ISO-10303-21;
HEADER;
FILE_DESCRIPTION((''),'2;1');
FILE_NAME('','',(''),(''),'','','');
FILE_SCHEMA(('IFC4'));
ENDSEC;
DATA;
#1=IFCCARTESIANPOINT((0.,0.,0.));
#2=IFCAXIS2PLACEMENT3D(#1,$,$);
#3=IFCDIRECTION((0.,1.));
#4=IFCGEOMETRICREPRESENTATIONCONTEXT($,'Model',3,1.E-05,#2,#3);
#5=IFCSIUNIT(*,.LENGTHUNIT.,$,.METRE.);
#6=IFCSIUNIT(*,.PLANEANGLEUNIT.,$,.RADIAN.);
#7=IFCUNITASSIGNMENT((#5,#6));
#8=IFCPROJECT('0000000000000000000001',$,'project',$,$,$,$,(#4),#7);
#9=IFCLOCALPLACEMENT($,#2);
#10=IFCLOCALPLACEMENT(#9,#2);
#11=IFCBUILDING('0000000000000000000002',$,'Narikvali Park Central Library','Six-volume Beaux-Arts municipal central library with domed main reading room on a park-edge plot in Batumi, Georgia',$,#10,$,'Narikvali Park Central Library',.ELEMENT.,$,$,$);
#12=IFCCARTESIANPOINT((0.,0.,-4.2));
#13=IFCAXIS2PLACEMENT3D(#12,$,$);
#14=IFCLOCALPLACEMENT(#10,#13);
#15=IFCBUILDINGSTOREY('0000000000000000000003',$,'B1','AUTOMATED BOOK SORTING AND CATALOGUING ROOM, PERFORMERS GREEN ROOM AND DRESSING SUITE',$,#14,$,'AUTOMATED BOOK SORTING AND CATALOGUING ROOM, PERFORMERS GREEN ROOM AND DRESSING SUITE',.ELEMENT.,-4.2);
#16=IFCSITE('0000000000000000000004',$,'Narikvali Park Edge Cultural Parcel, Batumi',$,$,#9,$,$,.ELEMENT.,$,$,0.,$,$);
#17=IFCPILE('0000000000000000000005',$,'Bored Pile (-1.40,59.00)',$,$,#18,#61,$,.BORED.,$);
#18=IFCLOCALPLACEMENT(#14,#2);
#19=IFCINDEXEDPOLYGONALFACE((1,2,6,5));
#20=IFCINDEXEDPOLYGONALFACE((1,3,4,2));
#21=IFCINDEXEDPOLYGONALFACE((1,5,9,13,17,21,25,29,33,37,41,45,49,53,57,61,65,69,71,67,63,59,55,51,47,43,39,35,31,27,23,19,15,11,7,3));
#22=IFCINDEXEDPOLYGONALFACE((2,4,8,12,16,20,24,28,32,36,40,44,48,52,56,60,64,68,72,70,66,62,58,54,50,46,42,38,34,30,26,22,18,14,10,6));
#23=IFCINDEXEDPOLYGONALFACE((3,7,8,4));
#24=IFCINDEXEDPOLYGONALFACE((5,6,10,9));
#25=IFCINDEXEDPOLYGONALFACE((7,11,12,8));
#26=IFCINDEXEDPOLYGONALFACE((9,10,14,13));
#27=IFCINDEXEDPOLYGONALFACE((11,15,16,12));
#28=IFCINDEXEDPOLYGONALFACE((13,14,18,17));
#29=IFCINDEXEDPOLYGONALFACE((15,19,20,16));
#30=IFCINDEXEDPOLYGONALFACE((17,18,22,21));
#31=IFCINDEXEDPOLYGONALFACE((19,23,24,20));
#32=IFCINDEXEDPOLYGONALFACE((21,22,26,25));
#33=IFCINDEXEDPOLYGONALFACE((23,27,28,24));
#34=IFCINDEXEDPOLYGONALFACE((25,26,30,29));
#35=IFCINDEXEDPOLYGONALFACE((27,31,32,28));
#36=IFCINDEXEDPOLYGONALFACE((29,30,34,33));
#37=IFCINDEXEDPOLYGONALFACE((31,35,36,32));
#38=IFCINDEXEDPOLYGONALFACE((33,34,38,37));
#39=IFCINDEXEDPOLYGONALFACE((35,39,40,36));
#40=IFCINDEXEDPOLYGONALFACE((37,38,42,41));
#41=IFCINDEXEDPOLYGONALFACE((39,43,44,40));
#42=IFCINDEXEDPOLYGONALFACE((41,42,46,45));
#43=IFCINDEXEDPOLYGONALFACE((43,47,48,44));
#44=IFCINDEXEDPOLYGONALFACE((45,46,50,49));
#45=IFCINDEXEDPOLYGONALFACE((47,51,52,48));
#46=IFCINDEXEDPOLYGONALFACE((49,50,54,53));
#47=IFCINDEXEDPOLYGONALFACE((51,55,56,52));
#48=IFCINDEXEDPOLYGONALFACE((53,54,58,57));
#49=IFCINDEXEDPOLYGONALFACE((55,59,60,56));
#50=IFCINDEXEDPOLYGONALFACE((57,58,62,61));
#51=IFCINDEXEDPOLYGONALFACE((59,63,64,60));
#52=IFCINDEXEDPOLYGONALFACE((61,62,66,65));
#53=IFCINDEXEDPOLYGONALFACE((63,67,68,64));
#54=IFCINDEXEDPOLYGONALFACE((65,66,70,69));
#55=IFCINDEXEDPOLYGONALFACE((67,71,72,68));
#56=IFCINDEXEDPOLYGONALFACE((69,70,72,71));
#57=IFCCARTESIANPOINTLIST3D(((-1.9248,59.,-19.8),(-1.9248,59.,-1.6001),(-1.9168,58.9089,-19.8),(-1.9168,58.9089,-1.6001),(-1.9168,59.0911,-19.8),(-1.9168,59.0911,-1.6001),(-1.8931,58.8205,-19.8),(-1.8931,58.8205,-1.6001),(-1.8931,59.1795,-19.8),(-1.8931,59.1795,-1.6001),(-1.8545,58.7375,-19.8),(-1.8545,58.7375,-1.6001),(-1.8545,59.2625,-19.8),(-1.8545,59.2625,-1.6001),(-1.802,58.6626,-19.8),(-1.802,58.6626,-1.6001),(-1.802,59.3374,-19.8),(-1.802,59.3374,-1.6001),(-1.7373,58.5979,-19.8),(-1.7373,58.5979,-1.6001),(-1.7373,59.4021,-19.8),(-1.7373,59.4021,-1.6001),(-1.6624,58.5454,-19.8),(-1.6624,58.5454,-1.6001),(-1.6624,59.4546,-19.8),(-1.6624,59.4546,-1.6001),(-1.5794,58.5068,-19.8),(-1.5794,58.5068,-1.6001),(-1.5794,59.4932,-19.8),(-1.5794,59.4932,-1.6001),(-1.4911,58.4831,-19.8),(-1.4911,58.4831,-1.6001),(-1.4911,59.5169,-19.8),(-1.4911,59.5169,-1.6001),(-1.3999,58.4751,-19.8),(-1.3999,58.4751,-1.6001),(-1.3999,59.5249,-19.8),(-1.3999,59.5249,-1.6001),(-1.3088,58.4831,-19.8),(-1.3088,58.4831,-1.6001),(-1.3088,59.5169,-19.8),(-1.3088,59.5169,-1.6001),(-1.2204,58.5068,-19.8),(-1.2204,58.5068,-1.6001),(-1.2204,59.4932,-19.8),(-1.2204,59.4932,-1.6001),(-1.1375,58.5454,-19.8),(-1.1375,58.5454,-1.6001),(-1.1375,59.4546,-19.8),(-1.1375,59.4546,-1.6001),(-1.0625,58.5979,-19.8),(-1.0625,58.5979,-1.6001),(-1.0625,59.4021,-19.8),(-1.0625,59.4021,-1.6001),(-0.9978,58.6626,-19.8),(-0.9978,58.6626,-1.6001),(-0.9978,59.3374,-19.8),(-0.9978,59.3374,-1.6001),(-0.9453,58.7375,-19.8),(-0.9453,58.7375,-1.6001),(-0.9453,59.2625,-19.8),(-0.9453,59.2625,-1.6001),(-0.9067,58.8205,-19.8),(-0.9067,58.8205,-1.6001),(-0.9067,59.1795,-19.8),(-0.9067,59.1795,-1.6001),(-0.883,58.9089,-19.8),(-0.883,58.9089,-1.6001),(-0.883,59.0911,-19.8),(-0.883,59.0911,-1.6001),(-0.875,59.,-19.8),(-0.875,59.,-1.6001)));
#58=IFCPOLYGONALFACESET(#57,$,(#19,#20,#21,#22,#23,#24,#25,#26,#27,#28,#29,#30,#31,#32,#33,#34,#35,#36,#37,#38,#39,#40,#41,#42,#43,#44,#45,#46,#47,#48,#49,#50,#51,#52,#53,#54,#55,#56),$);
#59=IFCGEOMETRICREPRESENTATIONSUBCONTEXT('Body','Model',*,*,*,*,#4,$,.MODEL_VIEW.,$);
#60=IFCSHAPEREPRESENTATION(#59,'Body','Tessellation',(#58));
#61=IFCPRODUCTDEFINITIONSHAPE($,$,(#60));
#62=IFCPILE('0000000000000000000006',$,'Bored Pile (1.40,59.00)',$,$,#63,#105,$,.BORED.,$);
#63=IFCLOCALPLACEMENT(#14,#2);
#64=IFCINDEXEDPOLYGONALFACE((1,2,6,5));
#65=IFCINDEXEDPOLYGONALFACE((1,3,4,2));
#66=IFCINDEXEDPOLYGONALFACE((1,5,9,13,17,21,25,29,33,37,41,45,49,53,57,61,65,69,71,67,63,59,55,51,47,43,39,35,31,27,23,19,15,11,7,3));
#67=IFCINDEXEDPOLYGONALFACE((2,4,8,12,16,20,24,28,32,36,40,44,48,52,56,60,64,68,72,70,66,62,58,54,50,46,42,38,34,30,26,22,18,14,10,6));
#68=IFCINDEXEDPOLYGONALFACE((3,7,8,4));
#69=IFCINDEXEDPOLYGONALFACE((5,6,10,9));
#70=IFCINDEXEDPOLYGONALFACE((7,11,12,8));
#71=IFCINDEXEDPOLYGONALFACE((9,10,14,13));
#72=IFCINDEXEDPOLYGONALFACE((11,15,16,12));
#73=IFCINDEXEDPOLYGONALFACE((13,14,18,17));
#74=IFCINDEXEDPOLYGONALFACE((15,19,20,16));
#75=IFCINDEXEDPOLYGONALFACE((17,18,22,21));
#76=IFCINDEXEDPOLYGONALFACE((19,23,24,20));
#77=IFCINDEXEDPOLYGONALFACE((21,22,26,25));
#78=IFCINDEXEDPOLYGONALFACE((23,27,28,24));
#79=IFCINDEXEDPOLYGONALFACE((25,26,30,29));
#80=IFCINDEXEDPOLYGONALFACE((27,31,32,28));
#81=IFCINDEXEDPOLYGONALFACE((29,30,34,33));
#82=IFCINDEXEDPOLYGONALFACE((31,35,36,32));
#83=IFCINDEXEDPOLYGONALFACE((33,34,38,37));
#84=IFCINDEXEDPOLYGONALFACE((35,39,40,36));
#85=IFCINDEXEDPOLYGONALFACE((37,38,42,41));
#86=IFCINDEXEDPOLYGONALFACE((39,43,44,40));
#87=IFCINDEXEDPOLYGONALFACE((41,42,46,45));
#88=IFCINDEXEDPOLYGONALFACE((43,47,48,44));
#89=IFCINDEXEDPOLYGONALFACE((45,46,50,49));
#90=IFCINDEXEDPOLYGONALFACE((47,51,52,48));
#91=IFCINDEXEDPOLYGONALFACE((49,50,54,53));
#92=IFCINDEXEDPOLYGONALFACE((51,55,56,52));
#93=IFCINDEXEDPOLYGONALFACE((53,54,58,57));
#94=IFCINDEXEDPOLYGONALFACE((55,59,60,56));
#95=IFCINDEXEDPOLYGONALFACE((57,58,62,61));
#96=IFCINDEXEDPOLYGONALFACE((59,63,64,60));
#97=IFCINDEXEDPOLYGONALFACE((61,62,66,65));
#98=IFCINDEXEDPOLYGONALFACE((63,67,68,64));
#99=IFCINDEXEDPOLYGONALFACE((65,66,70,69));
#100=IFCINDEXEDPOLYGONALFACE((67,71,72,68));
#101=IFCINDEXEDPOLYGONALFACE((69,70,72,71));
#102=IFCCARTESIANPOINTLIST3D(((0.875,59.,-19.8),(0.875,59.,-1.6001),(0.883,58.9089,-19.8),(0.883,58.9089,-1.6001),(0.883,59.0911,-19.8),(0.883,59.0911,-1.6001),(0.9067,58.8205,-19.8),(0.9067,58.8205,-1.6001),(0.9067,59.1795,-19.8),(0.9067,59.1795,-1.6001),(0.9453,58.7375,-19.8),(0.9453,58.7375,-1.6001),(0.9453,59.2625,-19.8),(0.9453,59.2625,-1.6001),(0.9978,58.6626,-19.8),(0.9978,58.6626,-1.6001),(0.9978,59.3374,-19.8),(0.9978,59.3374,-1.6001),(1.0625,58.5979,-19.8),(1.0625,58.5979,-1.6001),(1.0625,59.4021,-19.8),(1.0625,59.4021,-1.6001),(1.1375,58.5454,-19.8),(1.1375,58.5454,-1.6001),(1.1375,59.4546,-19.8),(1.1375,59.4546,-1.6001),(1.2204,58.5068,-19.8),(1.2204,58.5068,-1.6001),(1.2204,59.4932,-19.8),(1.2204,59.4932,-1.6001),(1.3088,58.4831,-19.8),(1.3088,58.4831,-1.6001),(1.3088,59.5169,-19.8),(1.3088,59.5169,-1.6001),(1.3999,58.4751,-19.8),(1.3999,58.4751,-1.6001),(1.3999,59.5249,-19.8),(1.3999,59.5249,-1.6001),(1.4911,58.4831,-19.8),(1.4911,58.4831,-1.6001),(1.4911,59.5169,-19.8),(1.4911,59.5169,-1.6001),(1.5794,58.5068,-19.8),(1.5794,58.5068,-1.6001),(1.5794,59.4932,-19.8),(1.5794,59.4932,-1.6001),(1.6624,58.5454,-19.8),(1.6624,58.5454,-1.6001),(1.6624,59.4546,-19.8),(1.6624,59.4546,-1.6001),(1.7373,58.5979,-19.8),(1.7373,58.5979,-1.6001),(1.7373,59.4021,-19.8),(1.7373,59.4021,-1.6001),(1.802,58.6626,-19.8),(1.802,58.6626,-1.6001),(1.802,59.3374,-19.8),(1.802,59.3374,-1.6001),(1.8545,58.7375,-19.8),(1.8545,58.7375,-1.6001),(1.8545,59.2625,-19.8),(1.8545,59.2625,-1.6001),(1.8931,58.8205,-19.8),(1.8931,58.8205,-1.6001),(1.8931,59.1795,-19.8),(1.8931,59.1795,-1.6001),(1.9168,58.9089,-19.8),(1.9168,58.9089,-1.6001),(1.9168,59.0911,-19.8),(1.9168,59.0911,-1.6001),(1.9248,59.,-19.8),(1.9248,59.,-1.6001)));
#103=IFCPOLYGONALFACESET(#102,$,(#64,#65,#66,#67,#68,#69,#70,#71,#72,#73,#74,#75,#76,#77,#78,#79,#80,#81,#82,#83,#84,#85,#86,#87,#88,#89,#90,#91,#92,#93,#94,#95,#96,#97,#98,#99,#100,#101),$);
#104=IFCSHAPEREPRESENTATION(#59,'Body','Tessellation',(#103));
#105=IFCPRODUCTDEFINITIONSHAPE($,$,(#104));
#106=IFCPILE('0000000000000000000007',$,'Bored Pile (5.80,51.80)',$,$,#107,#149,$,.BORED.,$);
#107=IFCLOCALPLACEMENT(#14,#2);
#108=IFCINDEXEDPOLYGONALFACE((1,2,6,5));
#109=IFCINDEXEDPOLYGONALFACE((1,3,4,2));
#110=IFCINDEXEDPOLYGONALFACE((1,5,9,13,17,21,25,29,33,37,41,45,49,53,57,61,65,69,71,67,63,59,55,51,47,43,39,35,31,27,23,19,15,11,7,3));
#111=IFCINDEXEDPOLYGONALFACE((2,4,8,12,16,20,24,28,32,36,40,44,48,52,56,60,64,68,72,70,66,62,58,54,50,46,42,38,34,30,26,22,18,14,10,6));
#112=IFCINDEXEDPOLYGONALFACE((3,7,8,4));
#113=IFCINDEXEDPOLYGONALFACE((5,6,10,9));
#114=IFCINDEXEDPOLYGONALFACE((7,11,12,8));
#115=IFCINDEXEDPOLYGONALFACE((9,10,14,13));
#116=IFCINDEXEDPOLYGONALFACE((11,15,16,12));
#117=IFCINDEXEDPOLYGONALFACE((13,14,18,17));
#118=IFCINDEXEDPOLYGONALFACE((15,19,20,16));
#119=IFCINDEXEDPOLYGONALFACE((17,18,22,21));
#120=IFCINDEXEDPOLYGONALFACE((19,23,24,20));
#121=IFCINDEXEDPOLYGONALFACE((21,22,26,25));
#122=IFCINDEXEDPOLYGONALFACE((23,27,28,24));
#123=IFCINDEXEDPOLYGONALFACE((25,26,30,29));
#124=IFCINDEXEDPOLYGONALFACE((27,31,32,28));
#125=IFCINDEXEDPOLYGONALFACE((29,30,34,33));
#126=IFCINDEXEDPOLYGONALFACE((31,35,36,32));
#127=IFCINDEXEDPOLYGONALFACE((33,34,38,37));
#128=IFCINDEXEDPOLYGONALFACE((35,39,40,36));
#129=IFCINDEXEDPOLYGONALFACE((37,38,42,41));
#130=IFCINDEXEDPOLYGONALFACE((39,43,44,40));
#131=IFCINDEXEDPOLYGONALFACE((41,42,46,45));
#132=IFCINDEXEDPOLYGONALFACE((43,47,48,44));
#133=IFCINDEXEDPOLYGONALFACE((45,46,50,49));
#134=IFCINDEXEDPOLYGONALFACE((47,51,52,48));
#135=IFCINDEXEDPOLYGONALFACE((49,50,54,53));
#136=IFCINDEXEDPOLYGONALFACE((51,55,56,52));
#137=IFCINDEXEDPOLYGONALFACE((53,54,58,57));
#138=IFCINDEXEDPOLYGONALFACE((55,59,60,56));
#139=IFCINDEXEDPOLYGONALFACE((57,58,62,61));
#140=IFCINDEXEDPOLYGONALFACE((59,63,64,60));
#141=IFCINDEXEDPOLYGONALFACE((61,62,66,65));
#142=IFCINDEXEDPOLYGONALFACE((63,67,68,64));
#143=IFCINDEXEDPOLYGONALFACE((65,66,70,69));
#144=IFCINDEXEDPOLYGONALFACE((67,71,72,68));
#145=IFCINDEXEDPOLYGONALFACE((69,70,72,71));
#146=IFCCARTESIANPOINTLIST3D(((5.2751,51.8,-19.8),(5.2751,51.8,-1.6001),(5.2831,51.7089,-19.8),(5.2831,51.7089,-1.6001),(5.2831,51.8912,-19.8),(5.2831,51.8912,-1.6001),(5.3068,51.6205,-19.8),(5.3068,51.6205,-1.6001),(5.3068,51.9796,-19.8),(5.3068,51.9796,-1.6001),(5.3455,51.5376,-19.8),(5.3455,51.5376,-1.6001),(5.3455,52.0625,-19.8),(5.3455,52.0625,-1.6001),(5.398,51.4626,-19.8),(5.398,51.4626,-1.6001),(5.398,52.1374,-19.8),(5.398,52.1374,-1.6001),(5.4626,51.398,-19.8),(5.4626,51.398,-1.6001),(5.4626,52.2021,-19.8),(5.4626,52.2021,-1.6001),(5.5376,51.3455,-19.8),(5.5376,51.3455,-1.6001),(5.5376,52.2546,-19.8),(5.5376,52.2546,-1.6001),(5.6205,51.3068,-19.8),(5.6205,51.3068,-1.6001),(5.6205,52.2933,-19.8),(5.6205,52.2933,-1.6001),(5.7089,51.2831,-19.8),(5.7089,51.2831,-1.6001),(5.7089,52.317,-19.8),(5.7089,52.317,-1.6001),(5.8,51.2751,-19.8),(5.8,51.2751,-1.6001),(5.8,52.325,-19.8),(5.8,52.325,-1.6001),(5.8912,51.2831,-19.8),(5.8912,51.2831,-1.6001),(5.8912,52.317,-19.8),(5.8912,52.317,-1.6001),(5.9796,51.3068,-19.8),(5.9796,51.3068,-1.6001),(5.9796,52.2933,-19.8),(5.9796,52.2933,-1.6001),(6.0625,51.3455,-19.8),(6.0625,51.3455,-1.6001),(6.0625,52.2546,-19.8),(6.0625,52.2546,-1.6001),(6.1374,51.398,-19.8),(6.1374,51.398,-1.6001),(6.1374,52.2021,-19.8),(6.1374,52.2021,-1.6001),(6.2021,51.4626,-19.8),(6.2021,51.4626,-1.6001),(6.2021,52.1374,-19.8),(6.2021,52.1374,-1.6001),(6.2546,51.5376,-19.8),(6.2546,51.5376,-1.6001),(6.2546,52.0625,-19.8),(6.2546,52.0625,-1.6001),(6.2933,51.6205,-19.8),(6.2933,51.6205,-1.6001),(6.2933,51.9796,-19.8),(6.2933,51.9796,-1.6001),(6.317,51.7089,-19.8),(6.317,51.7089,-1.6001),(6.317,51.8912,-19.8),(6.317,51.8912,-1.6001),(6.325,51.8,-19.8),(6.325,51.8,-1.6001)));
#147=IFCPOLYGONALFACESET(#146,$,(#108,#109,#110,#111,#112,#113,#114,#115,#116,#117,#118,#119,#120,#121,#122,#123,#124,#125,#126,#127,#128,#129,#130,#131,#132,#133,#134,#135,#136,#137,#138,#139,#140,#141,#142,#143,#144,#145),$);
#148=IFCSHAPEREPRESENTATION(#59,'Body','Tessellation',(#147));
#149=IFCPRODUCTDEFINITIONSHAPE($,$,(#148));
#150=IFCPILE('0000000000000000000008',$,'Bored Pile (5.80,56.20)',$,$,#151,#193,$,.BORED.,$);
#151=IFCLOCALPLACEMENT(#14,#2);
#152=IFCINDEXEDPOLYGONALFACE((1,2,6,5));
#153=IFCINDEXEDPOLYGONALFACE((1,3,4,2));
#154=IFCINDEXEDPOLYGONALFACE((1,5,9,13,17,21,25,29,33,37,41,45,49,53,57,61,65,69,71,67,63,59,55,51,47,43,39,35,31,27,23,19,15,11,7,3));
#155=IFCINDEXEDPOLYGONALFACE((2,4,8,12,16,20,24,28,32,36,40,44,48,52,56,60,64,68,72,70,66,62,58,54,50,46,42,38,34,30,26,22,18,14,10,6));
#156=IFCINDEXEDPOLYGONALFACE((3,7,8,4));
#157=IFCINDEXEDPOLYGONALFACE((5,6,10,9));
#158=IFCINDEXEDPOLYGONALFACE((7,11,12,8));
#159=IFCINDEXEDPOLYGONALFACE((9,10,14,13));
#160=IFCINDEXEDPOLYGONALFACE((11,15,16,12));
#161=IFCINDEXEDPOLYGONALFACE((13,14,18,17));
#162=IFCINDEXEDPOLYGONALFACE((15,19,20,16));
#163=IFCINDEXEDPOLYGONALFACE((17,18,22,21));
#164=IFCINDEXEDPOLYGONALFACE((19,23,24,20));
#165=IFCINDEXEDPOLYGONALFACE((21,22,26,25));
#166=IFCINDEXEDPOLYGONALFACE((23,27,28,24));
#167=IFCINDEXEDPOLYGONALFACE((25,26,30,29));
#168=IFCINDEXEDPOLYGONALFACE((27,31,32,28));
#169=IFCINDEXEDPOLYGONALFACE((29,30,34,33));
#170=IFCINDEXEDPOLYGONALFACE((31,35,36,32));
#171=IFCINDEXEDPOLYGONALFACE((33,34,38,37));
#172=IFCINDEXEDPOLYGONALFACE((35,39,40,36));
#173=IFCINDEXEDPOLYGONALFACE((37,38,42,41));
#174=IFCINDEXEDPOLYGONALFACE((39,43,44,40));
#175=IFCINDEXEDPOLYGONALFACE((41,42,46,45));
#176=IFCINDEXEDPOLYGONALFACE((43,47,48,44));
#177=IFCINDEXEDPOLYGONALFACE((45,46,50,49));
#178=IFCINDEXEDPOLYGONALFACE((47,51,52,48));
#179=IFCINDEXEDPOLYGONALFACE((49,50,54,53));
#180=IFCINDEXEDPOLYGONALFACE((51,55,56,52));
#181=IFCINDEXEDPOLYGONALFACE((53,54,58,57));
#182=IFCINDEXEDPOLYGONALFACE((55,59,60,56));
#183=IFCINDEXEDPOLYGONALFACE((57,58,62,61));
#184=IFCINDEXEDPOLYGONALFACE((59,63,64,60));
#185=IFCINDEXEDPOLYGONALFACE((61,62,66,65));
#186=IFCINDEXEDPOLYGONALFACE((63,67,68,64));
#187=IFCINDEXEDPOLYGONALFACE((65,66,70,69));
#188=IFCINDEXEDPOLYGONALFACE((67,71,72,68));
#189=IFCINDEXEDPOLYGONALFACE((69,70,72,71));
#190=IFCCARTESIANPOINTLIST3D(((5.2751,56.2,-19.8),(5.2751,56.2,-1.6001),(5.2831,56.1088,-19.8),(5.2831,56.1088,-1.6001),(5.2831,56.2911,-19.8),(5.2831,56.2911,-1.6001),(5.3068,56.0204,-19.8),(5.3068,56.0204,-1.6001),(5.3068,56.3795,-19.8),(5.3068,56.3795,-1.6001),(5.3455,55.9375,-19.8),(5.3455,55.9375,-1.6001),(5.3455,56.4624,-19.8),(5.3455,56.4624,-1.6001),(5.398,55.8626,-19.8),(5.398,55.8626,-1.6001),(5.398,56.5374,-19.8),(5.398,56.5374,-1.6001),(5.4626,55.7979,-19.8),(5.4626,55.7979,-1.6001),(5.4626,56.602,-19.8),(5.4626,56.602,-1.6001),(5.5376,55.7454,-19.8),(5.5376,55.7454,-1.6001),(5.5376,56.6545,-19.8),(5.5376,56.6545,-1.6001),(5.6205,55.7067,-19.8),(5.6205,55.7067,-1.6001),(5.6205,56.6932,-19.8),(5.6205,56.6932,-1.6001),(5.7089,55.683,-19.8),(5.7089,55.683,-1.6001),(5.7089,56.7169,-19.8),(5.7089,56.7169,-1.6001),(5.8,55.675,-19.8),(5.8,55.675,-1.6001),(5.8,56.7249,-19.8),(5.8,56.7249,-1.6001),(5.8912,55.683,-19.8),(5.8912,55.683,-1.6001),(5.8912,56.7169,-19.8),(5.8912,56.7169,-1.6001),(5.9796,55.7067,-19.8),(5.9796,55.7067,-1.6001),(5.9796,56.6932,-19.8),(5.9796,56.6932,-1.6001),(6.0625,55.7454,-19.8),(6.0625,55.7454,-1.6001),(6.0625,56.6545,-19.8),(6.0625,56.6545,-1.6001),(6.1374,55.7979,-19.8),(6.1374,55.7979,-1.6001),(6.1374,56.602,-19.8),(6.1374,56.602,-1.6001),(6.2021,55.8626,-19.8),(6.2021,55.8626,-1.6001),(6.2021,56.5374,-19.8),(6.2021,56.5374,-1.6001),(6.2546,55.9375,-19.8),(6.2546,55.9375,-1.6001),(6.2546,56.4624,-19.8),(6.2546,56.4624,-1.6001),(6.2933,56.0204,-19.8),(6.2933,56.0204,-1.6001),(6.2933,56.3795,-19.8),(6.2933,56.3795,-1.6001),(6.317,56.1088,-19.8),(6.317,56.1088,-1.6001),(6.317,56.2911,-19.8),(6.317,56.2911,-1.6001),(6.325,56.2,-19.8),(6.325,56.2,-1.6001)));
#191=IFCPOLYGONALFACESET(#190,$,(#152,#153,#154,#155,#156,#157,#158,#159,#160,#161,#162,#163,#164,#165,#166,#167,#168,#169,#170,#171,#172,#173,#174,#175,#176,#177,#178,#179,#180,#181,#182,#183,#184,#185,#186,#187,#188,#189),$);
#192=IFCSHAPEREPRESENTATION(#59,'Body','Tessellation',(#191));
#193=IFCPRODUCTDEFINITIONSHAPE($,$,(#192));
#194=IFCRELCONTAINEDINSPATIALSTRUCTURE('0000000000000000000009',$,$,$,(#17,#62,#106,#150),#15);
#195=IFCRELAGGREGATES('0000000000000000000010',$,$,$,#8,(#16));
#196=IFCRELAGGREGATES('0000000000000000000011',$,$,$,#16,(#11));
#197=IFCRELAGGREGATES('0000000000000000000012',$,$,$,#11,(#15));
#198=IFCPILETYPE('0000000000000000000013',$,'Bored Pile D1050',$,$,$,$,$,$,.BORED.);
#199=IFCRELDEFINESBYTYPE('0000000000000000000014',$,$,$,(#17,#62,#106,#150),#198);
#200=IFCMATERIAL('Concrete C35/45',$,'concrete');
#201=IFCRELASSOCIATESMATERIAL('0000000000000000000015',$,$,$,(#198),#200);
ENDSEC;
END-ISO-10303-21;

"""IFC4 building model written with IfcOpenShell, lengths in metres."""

from ifc_helpers import new_model, si_unit, direction, frame, origin, origin_2d, place, context, subcontext, project, spatial, circle, extrude, material, material_profile, profile_set, type_object, element, save


model = new_model("IFC4")

# Units and contexts
model_context = context("Model", 3, precision=1e-05, world=origin(), true_north=direction((0.0, 1.0)))
body_context = subcontext(model_context, "Body", "Model", "MODEL_VIEW")
ifc_project = project(units=[si_unit("LENGTHUNIT", "METRE"), si_unit("PLANEANGLEUNIT", "RADIAN")], contexts=[model_context])

# Site, building, storey
site_placement = place(None, origin())
site = spatial("IfcSite", under=ifc_project, at=site_placement, Name="Narikvali Park Edge Cultural Parcel, Batumi", CompositionType="ELEMENT", RefElevation=0.0)
building_placement = place(site_placement, origin())
building = spatial("IfcBuilding", under=site, at=building_placement, Name="Narikvali Park Central Library", Description="Six-volume Beaux-Arts municipal central library with domed main reading room on a park-edge plot in Batumi, Georgia", LongName="Narikvali Park Central Library", CompositionType="ELEMENT")
storey_placement = place(building_placement, frame((0.0, 0.0, -4.2)))
storey = spatial("IfcBuildingStorey", under=building, at=storey_placement, Name="B1", Description="AUTOMATED BOOK SORTING AND CATALOGUING ROOM, PERFORMERS GREEN ROOM AND DRESSING SUITE", LongName="AUTOMATED BOOK SORTING AND CATALOGUING ROOM, PERFORMERS GREEN ROOM AND DRESSING SUITE", CompositionType="ELEMENT", Elevation=-4.2)

# Piles
ifc_material_1 = material(Name="Concrete C35/45", Category="concrete")
ifc_material_profile_1 = material_profile(ifc_material_1, circle(Radius=0.5249, at=origin_2d()), Name="PILE D1050")
ifc_profile_set_1 = profile_set([ifc_material_profile_1], Name="Concrete C35/45")
pile_type_1 = type_object("IfcPileType", Name="Bored Pile D1050", PredefinedType="BORED", material=ifc_profile_set_1)
for number, where, z_axis, x_axis, name in (
    (1, (-1.3999, 59.0, -1.6001), (0.0, 0.0, -1.0), (1.0, 0.0, 0.0), "Bored Pile (-1.40,59.00)"),
    (2, (1.3999, 59.0, -1.6001), (0.0, 0.0, -1.0), (1.0, 0.0, 0.0), "Bored Pile (1.40,59.00)"),
    (3, (5.8, 51.8, -1.6001), (0.0, 0.0, -1.0), (1.0, 0.0, 0.0), "Bored Pile (5.80,51.80)"),
    (4, (5.8, 56.2, -1.6001), (0.0, 0.0, -1.0), (1.0, 0.0, 0.0), "Bored Pile (5.80,56.20)"),
):
    element("IfcPile", number, at=place(storey_placement, frame(where, z_axis=z_axis, x_axis=x_axis)), inside=storey, type_object=pile_type_1, Name=name, PredefinedType="BORED", context=body_context, shape_type="SweptSolid", body=[
        extrude(circle(Radius=0.5249, at=origin_2d()), origin(), (0.0, 0.0, 1.0), 18.2),
    ])

save(model, "model.ifc")
